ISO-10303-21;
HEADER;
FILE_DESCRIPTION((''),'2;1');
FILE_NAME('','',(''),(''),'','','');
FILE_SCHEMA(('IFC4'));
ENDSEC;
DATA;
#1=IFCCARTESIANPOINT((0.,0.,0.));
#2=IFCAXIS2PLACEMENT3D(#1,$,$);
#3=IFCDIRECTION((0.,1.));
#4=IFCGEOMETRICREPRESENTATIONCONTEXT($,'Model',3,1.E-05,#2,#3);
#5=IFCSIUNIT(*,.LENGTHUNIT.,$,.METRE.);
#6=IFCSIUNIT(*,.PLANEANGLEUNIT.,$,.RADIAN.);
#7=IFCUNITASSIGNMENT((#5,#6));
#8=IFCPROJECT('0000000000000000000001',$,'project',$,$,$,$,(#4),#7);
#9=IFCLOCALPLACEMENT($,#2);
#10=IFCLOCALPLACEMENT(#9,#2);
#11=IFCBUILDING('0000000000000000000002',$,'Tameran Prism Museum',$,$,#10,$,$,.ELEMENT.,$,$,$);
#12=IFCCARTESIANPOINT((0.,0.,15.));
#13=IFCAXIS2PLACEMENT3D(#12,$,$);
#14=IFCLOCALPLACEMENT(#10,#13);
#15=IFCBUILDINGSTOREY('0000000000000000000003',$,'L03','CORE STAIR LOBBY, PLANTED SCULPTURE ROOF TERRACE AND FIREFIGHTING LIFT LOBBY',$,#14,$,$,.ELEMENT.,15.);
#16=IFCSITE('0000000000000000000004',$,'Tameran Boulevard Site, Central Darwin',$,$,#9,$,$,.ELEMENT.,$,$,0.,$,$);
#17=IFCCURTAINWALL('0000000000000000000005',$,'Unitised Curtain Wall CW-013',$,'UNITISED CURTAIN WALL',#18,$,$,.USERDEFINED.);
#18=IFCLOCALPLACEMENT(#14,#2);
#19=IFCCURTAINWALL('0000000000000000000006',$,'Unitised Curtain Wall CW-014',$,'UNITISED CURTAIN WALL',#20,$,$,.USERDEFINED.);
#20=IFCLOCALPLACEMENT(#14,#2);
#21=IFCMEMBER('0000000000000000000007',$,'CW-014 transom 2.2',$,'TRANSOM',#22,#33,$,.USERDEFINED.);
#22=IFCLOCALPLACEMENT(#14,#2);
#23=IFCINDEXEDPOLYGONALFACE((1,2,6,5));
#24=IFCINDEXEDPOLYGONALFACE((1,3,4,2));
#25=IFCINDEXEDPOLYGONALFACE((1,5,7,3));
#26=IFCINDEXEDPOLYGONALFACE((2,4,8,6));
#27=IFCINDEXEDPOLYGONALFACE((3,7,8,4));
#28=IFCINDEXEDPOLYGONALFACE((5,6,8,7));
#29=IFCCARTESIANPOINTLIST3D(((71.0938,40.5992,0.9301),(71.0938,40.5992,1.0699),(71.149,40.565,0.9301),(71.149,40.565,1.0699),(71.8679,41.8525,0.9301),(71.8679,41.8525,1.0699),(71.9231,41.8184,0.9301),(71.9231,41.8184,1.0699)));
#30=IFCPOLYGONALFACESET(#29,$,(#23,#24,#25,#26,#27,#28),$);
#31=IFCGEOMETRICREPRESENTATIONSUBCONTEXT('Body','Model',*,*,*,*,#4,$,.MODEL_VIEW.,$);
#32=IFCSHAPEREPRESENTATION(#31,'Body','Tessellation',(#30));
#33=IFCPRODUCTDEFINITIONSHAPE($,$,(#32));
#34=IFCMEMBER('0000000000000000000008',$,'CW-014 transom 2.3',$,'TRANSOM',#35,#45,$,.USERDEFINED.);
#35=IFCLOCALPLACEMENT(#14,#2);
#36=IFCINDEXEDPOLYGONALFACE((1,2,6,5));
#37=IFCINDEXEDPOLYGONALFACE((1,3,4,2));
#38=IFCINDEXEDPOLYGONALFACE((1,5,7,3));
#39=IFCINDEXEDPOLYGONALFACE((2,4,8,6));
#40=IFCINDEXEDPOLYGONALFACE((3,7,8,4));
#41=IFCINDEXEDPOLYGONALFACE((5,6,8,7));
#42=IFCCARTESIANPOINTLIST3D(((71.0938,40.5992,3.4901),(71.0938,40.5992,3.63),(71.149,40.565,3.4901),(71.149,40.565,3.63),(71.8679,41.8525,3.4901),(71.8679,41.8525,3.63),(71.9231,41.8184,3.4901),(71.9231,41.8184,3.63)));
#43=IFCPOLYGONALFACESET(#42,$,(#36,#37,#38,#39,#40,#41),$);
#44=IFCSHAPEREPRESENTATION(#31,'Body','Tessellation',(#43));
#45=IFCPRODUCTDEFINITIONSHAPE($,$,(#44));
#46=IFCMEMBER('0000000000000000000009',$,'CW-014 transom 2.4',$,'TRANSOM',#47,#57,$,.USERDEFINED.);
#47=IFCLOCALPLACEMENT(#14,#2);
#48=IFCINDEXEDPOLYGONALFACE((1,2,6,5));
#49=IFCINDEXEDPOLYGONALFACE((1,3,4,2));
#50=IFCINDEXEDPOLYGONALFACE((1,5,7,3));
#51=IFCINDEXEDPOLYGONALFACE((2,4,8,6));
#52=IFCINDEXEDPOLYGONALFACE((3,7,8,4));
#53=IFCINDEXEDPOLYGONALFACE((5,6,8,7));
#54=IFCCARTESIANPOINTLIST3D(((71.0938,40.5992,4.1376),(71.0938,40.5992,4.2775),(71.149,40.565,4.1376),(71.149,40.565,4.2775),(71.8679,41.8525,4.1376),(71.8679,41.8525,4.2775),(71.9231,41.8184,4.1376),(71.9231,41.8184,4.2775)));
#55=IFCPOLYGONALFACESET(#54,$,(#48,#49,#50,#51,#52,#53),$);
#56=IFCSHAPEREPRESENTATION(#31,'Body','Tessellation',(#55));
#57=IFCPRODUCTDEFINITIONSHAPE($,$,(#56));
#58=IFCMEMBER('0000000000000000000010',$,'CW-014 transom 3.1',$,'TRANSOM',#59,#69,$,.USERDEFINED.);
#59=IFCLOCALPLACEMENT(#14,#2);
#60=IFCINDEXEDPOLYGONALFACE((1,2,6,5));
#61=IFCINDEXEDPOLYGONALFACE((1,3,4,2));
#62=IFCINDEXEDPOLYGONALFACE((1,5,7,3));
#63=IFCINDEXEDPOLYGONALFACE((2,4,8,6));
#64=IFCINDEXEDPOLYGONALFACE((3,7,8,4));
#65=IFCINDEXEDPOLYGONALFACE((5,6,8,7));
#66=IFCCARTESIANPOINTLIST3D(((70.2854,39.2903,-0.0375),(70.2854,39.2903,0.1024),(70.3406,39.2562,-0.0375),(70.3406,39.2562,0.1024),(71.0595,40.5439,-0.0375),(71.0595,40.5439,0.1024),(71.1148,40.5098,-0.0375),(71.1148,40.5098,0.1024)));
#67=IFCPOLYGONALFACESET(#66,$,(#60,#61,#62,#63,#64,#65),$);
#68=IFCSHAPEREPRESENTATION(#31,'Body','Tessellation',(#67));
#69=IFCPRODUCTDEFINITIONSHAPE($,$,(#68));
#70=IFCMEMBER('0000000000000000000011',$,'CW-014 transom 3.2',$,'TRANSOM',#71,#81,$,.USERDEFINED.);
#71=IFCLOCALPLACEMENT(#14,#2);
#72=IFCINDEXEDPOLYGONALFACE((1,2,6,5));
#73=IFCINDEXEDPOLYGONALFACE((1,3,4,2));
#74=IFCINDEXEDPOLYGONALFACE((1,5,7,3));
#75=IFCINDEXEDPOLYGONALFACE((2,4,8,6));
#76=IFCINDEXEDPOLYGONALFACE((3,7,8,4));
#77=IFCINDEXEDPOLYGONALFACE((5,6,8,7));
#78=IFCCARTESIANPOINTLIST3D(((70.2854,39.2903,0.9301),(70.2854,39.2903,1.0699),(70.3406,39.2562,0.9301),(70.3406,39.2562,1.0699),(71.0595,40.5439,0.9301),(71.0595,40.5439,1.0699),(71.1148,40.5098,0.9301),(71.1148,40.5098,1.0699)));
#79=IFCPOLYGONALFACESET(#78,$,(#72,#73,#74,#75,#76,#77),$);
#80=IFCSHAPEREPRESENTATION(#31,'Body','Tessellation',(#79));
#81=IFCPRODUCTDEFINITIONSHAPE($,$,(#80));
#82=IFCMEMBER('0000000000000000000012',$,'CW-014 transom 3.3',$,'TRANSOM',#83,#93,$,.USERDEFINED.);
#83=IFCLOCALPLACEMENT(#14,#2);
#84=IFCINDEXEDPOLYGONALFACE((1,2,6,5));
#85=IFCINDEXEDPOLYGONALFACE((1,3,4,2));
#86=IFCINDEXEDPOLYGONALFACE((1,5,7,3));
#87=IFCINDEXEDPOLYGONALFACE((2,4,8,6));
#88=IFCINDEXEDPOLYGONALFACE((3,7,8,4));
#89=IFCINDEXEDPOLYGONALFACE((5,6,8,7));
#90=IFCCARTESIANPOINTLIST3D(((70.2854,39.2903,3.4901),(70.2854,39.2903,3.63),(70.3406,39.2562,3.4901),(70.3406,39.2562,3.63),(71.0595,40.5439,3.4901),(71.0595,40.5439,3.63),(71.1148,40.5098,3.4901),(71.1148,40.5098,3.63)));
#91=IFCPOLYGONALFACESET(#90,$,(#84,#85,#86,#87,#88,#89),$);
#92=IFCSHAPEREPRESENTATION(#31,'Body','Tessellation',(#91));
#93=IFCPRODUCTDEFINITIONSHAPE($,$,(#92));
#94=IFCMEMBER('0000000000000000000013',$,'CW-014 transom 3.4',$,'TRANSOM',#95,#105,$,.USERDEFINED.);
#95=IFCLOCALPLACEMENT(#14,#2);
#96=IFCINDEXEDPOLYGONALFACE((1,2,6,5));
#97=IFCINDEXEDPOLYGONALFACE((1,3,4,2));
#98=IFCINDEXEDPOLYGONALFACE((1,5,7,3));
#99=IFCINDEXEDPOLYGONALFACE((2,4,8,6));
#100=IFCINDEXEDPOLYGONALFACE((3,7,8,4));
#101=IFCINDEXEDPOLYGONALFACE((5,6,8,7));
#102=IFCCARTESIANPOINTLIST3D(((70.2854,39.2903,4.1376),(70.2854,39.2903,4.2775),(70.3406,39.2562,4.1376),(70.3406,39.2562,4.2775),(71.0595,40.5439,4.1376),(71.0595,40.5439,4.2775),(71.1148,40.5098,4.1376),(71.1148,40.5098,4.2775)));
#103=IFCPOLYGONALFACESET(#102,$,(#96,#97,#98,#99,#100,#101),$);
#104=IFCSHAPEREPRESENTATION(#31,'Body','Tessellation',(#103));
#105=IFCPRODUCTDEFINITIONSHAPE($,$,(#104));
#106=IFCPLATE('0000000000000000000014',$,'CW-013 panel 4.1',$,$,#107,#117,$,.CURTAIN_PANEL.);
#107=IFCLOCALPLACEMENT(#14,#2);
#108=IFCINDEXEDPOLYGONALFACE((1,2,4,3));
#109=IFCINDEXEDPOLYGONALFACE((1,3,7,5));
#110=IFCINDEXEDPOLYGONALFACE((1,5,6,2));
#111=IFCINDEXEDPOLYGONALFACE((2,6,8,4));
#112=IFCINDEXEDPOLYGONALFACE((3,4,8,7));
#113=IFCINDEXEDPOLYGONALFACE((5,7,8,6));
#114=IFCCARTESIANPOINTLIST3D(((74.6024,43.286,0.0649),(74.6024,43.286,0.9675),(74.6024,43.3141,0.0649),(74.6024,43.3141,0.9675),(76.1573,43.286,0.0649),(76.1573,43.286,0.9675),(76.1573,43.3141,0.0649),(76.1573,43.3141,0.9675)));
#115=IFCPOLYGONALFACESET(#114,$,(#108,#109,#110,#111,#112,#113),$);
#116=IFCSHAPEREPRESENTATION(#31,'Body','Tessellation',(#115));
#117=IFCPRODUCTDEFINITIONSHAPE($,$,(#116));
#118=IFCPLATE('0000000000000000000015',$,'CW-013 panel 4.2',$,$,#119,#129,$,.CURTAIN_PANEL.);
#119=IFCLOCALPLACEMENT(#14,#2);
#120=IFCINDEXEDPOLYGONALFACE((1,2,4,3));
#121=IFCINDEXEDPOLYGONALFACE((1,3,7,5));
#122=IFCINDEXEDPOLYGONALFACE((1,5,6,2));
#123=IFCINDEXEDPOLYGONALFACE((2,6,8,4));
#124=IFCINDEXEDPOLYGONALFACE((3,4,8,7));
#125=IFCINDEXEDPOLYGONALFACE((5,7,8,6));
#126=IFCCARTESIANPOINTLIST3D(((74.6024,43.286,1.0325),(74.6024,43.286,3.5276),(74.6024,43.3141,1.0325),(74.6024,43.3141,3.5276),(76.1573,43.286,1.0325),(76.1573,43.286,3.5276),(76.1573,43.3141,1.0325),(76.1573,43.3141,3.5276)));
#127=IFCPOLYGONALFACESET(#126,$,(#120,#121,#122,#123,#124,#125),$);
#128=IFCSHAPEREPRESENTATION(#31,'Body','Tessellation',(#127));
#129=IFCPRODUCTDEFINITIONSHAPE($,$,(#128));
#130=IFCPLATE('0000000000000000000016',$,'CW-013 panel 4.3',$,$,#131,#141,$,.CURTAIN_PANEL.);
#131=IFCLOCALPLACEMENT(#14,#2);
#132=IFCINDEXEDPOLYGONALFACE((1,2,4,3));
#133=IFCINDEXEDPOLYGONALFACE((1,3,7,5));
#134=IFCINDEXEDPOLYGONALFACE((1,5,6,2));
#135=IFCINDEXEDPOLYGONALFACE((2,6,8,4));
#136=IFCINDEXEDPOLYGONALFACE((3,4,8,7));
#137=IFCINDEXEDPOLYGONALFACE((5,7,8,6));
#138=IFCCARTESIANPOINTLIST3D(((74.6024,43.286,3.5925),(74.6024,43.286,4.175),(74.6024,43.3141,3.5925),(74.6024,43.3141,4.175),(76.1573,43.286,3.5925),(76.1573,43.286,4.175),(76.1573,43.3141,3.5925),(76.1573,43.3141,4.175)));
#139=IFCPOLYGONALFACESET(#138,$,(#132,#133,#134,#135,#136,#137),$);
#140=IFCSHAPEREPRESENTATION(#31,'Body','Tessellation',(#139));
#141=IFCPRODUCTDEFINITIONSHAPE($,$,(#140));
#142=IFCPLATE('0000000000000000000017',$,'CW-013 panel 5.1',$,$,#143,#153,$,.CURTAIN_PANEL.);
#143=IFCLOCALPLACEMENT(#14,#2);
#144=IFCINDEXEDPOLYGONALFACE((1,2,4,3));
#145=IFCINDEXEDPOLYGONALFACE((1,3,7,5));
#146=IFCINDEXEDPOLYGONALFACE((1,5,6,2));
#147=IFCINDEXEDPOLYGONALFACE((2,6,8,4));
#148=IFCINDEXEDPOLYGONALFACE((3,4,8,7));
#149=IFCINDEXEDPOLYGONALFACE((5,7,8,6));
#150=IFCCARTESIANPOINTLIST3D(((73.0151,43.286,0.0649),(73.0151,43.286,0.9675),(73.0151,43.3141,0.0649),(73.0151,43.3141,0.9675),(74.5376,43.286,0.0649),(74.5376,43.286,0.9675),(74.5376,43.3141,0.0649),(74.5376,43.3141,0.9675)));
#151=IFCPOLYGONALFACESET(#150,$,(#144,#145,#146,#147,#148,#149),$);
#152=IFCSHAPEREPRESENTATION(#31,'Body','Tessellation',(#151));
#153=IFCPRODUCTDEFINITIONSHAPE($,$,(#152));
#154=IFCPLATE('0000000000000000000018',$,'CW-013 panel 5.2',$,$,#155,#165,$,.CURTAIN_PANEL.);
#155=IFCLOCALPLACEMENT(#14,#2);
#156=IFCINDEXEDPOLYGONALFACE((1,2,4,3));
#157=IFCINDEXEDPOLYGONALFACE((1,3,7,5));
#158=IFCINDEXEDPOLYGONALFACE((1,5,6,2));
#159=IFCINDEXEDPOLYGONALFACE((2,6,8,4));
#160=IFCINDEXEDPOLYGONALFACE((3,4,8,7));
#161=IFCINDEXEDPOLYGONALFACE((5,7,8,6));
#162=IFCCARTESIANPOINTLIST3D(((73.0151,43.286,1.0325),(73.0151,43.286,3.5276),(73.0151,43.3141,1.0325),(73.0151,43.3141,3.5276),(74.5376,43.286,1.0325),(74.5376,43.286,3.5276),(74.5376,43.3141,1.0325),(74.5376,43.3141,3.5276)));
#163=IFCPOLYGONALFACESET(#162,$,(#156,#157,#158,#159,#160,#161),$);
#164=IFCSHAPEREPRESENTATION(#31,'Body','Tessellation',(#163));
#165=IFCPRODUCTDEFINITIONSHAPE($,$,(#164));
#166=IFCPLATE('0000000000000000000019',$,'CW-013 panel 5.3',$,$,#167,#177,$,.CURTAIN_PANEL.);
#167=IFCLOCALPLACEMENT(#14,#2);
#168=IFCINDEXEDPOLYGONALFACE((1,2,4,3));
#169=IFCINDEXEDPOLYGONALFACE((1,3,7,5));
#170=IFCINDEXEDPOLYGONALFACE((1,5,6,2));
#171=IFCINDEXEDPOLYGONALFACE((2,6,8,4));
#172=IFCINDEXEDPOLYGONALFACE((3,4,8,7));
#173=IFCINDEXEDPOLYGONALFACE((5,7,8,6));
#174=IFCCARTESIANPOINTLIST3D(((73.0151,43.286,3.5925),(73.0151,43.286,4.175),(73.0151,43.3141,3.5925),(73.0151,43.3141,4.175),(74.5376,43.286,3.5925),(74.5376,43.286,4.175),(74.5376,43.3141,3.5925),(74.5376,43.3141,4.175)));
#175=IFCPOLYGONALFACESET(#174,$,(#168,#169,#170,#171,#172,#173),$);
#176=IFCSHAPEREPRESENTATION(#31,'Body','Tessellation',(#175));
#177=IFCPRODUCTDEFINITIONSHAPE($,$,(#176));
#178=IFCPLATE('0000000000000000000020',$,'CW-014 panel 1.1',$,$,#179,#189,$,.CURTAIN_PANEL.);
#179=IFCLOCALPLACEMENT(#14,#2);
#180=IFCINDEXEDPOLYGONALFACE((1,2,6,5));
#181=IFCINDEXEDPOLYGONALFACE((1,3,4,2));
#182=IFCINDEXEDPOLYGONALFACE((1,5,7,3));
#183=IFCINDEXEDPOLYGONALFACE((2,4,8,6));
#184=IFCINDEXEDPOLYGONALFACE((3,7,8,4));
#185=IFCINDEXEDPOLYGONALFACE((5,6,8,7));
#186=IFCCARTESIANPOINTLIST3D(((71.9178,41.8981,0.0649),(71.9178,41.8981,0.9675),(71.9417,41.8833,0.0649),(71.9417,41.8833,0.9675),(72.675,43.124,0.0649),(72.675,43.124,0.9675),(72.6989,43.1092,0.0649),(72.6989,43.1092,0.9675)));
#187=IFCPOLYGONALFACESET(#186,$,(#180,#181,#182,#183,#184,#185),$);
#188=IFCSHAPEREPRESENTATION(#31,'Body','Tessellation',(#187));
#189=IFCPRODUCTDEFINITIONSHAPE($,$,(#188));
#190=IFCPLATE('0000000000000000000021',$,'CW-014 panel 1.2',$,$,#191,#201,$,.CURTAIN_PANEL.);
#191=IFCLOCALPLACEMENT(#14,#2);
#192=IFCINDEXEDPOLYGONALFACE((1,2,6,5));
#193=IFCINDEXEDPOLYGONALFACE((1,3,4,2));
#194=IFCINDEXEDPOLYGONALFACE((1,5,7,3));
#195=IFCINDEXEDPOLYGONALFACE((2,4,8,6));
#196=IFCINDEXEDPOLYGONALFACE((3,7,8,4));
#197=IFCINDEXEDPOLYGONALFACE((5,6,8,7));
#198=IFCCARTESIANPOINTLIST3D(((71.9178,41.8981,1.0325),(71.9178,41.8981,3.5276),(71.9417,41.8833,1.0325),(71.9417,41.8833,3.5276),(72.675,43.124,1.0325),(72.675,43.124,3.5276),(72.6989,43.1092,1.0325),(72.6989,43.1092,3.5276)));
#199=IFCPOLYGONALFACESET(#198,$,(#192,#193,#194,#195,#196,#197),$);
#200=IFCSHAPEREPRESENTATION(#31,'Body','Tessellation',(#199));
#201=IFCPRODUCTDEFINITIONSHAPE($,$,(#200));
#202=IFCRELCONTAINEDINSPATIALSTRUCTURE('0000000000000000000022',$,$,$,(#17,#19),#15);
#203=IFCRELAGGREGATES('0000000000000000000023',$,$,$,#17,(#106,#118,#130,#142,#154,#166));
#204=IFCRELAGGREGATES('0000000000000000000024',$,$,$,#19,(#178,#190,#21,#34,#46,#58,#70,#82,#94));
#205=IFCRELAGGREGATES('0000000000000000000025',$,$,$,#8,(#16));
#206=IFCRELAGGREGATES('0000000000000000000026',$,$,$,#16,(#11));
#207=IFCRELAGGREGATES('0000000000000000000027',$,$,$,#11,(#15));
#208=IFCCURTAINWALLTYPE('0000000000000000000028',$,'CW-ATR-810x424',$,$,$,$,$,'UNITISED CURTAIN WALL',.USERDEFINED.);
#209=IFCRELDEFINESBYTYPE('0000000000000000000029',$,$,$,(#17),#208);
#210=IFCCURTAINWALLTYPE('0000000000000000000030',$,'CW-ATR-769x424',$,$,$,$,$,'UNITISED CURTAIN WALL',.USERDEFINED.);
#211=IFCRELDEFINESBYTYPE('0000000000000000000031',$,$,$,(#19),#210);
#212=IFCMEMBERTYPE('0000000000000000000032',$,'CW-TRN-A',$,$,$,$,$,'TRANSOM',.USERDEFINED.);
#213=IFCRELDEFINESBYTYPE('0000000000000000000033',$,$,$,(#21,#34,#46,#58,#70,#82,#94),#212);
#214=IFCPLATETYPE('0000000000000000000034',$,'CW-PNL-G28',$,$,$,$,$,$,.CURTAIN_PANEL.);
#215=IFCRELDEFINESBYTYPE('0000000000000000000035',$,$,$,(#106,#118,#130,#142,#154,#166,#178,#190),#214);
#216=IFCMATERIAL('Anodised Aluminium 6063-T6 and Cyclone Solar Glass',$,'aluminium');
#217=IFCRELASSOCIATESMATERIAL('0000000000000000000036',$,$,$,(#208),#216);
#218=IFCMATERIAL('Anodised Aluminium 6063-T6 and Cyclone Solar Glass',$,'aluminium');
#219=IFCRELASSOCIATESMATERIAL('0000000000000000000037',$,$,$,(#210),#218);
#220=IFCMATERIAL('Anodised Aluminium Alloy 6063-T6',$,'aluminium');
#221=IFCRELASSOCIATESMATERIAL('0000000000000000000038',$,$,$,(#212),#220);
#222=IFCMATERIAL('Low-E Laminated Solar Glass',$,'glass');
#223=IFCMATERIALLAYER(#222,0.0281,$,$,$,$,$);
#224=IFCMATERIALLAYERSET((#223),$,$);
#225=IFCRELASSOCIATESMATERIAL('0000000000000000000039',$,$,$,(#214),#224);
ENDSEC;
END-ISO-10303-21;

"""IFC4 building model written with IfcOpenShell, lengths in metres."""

from ifc_helpers import new_model, si_unit, direction, frame, origin, origin_2d, place, context, subcontext, project, spatial, rectangle, extrude, material, layer, layer_set, material_profile, profile_set, type_object, element, aggregate, save


model = new_model("IFC4")

# Units and contexts
model_context = context("Model", 3, precision=1e-05, world=origin(), true_north=direction((0.0, 1.0)))
body_context = subcontext(model_context, "Body", "Model", "MODEL_VIEW")
ifc_project = project(units=[si_unit("LENGTHUNIT", "METRE"), si_unit("PLANEANGLEUNIT", "RADIAN")], contexts=[model_context])

# Site, building, storey
site_placement = place(None, origin())
site = spatial("IfcSite", under=ifc_project, at=site_placement, Name="Tameran Boulevard Site, Central Darwin", CompositionType="ELEMENT", RefElevation=0.0)
building_placement = place(site_placement, origin())
building = spatial("IfcBuilding", under=site, at=building_placement, Name="Tameran Prism Museum", CompositionType="ELEMENT")
storey_placement = place(building_placement, frame((0.0, 0.0, 15.0)))
storey = spatial("IfcBuildingStorey", under=building, at=storey_placement, Name="L03", Description="CORE STAIR LOBBY, PLANTED SCULPTURE ROOF TERRACE AND FIREFIGHTING LIFT LOBBY", CompositionType="ELEMENT", Elevation=15.0)

# Curtain walls
ifc_material_1 = material(Name="Anodised Aluminium 6063-T6 and Cyclone Solar Glass", Category="aluminium")
curtain_wall_type_1 = type_object("IfcCurtainWallType", Name="CW-ATR-810x424", ElementType="UNITISED CURTAIN WALL", PredefinedType="USERDEFINED", material=ifc_material_1)
curtain_wall_1_placement = place(storey_placement, origin())
curtain_wall_1 = element("IfcCurtainWall", 1, at=curtain_wall_1_placement, inside=storey, type_object=curtain_wall_type_1, Name="Unitised Curtain Wall CW-013", ObjectType="UNITISED CURTAIN WALL", PredefinedType="USERDEFINED")
ifc_material_2 = material(Name="Anodised Aluminium 6063-T6 and Cyclone Solar Glass", Category="aluminium")
curtain_wall_type_2 = type_object("IfcCurtainWallType", Name="CW-ATR-769x424", ElementType="UNITISED CURTAIN WALL", PredefinedType="USERDEFINED", material=ifc_material_2)
curtain_wall_2_placement = place(storey_placement, origin())
curtain_wall_2 = element("IfcCurtainWall", 2, at=curtain_wall_2_placement, inside=storey, type_object=curtain_wall_type_2, Name="Unitised Curtain Wall CW-014", ObjectType="UNITISED CURTAIN WALL", PredefinedType="USERDEFINED")

# Members
ifc_material_3 = material(Name="Anodised Aluminium Alloy 6063-T6", Category="aluminium")
ifc_material_profile_1 = material_profile(ifc_material_3, rectangle(XDim=0.0649, YDim=0.1399, at=origin_2d()))
ifc_profile_set_1 = profile_set([ifc_material_profile_1])
member_type_1 = type_object("IfcMemberType", Name="CW-TRN-A", ElementType="TRANSOM", PredefinedType="USERDEFINED", material=ifc_profile_set_1)
member_1_placement = place(storey_placement, frame((71.8955, 41.8354, 1.0), z_axis=(-0.525493, -0.850798, 0.0), x_axis=(0.850798, -0.525493, 0.0)))
member_1 = element("IfcMember", 3, at=member_1_placement, type_object=member_type_1, Name="CW-014 transom 2.2", ObjectType="TRANSOM", PredefinedType="USERDEFINED", context=body_context, shape_type="SweptSolid", body=[
    extrude(rectangle(XDim=0.0649, YDim=0.1399, at=origin_2d()), origin(), (0.0, 0.0, 1.0), 1.4731),
])
member_2_placement = place(storey_placement, frame((71.8955, 41.8354, 3.5601), z_axis=(-0.525493, -0.850798, 0.0), x_axis=(0.850798, -0.525493, 0.0)))
member_2 = element("IfcMember", 4, at=member_2_placement, type_object=member_type_1, Name="CW-014 transom 2.3", ObjectType="TRANSOM", PredefinedType="USERDEFINED", context=body_context, shape_type="SweptSolid", body=[
    extrude(rectangle(XDim=0.0649, YDim=0.1399, at=origin_2d()), origin(), (0.0, 0.0, 1.0), 1.4731),
])
member_3_placement = place(storey_placement, frame((71.8955, 41.8354, 4.2075), z_axis=(-0.525493, -0.850798, 0.0), x_axis=(0.850798, -0.525493, 0.0)))
member_3 = element("IfcMember", 5, at=member_3_placement, type_object=member_type_1, Name="CW-014 transom 2.4", ObjectType="TRANSOM", PredefinedType="USERDEFINED", context=body_context, shape_type="SweptSolid", body=[
    extrude(rectangle(XDim=0.0649, YDim=0.1399, at=origin_2d()), origin(), (0.0, 0.0, 1.0), 1.4731),
])
member_4_placement = place(storey_placement, frame((71.0872, 40.5269, 0.0325), z_axis=(-0.525419, -0.850844, 0.0), x_axis=(0.850844, -0.525419, 0.0)))
member_4 = element("IfcMember", 6, at=member_4_placement, type_object=member_type_1, Name="CW-014 transom 3.1", ObjectType="TRANSOM", PredefinedType="USERDEFINED", context=body_context, shape_type="SweptSolid", body=[
    extrude(rectangle(XDim=0.0649, YDim=0.1399, at=origin_2d()), origin(), (0.0, 0.0, 1.0), 1.4734),
])
member_5_placement = place(storey_placement, frame((71.0872, 40.5269, 1.0), z_axis=(-0.525419, -0.850844, 0.0), x_axis=(0.850844, -0.525419, 0.0)))
member_5 = element("IfcMember", 7, at=member_5_placement, type_object=member_type_1, Name="CW-014 transom 3.2", ObjectType="TRANSOM", PredefinedType="USERDEFINED", context=body_context, shape_type="SweptSolid", body=[
    extrude(rectangle(XDim=0.0649, YDim=0.1399, at=origin_2d()), origin(), (0.0, 0.0, 1.0), 1.4734),
])
member_6_placement = place(storey_placement, frame((71.0872, 40.5269, 3.5601), z_axis=(-0.525419, -0.850844, 0.0), x_axis=(0.850844, -0.525419, 0.0)))
member_6 = element("IfcMember", 8, at=member_6_placement, type_object=member_type_1, Name="CW-014 transom 3.3", ObjectType="TRANSOM", PredefinedType="USERDEFINED", context=body_context, shape_type="SweptSolid", body=[
    extrude(rectangle(XDim=0.0649, YDim=0.1399, at=origin_2d()), origin(), (0.0, 0.0, 1.0), 1.4734),
])
member_7_placement = place(storey_placement, frame((71.0872, 40.5269, 4.2075), z_axis=(-0.525419, -0.850844, 0.0), x_axis=(0.850844, -0.525419, 0.0)))
member_7 = element("IfcMember", 9, at=member_7_placement, type_object=member_type_1, Name="CW-014 transom 3.4", ObjectType="TRANSOM", PredefinedType="USERDEFINED", context=body_context, shape_type="SweptSolid", body=[
    extrude(rectangle(XDim=0.0649, YDim=0.1399, at=origin_2d()), origin(), (0.0, 0.0, 1.0), 1.4734),
])

# Plates
ifc_material_4 = material(Name="Low-E Laminated Solar Glass", Category="glass")
ifc_layer = layer(ifc_material_4, 0.0281)
ifc_layer_set = layer_set([ifc_layer])
plate_type = type_object("IfcPlateType", Name="CW-PNL-G28", PredefinedType="CURTAIN_PANEL", material=ifc_layer_set)
plate_1_placement = place(storey_placement, frame((75.3799, 43.3, 0.0649), z_axis=(0.0, 0.0, 1.0), x_axis=(-1.0, 0.0, 0.0)))
plate_1 = element("IfcPlate", 10, at=plate_1_placement, type_object=plate_type, Name="CW-013 panel 4.1", PredefinedType="CURTAIN_PANEL", context=body_context, shape_type="SweptSolid", body=[
    extrude(rectangle(XDim=1.5549, YDim=0.0281, at=origin_2d()), origin(), (0.0, 0.0, 1.0), 0.9026),
])
plate_2_placement = place(storey_placement, frame((75.3799, 43.3, 1.0325), z_axis=(0.0, 0.0, 1.0), x_axis=(-1.0, 0.0, 0.0)))
plate_2 = element("IfcPlate", 11, at=plate_2_placement, type_object=plate_type, Name="CW-013 panel 4.2", PredefinedType="CURTAIN_PANEL", context=body_context, shape_type="SweptSolid", body=[
    extrude(rectangle(XDim=1.5549, YDim=0.0281, at=origin_2d()), origin(), (0.0, 0.0, 1.0), 2.4951),
])
plate_3_placement = place(storey_placement, frame((75.3799, 43.3, 3.5925), z_axis=(0.0, 0.0, 1.0), x_axis=(-1.0, 0.0, 0.0)))
plate_3 = element("IfcPlate", 12, at=plate_3_placement, type_object=plate_type, Name="CW-013 panel 4.3", PredefinedType="CURTAIN_PANEL", context=body_context, shape_type="SweptSolid", body=[
    extrude(rectangle(XDim=1.5549, YDim=0.0281, at=origin_2d()), origin(), (0.0, 0.0, 1.0), 0.5825),
])
plate_4_placement = place(storey_placement, frame((73.7764, 43.3, 0.0649), z_axis=(0.0, 0.0, 1.0), x_axis=(-1.0, 0.0, 0.0)))
plate_4 = element("IfcPlate", 13, at=plate_4_placement, type_object=plate_type, Name="CW-013 panel 5.1", PredefinedType="CURTAIN_PANEL", context=body_context, shape_type="SweptSolid", body=[
    extrude(rectangle(XDim=1.5225, YDim=0.0281, at=origin_2d()), origin(), (0.0, 0.0, 1.0), 0.9026),
])
plate_5_placement = place(storey_placement, frame((73.7764, 43.3, 1.0325), z_axis=(0.0, 0.0, 1.0), x_axis=(-1.0, 0.0, 0.0)))
plate_5 = element("IfcPlate", 14, at=plate_5_placement, type_object=plate_type, Name="CW-013 panel 5.2", PredefinedType="CURTAIN_PANEL", context=body_context, shape_type="SweptSolid", body=[
    extrude(rectangle(XDim=1.5225, YDim=0.0281, at=origin_2d()), origin(), (0.0, 0.0, 1.0), 2.4951),
])
plate_6_placement = place(storey_placement, frame((73.7764, 43.3, 3.5925), z_axis=(0.0, 0.0, 1.0), x_axis=(-1.0, 0.0, 0.0)))
plate_6 = element("IfcPlate", 15, at=plate_6_placement, type_object=plate_type, Name="CW-013 panel 5.3", PredefinedType="CURTAIN_PANEL", context=body_context, shape_type="SweptSolid", body=[
    extrude(rectangle(XDim=1.5225, YDim=0.0281, at=origin_2d()), origin(), (0.0, 0.0, 1.0), 0.5825),
])
aggregate(curtain_wall_1, [plate_1, plate_2, plate_3, plate_4, plate_5, plate_6])
plate_7_placement = place(storey_placement, frame((72.3083, 42.5037, 0.0649), z_axis=(0.0, 0.0, 1.0), x_axis=(-0.525504, -0.850791, 0.0)))
plate_7 = element("IfcPlate", 16, at=plate_7_placement, type_object=plate_type, Name="CW-014 panel 1.1", PredefinedType="CURTAIN_PANEL", context=body_context, shape_type="SweptSolid", body=[
    extrude(rectangle(XDim=1.4409, YDim=0.0281, at=origin_2d()), origin(), (0.0, 0.0, 1.0), 0.9026),
])
plate_8_placement = place(storey_placement, frame((72.3083, 42.5037, 1.0325), z_axis=(0.0, 0.0, 1.0), x_axis=(-0.525504, -0.850791, 0.0)))
plate_8 = element("IfcPlate", 17, at=plate_8_placement, type_object=plate_type, Name="CW-014 panel 1.2", PredefinedType="CURTAIN_PANEL", context=body_context, shape_type="SweptSolid", body=[
    extrude(rectangle(XDim=1.4409, YDim=0.0281, at=origin_2d()), origin(), (0.0, 0.0, 1.0), 2.4951),
])
aggregate(curtain_wall_2, [plate_7, plate_8, member_1, member_2, member_3, member_4, member_5, member_6, member_7])

save(model, "model.ifc")
